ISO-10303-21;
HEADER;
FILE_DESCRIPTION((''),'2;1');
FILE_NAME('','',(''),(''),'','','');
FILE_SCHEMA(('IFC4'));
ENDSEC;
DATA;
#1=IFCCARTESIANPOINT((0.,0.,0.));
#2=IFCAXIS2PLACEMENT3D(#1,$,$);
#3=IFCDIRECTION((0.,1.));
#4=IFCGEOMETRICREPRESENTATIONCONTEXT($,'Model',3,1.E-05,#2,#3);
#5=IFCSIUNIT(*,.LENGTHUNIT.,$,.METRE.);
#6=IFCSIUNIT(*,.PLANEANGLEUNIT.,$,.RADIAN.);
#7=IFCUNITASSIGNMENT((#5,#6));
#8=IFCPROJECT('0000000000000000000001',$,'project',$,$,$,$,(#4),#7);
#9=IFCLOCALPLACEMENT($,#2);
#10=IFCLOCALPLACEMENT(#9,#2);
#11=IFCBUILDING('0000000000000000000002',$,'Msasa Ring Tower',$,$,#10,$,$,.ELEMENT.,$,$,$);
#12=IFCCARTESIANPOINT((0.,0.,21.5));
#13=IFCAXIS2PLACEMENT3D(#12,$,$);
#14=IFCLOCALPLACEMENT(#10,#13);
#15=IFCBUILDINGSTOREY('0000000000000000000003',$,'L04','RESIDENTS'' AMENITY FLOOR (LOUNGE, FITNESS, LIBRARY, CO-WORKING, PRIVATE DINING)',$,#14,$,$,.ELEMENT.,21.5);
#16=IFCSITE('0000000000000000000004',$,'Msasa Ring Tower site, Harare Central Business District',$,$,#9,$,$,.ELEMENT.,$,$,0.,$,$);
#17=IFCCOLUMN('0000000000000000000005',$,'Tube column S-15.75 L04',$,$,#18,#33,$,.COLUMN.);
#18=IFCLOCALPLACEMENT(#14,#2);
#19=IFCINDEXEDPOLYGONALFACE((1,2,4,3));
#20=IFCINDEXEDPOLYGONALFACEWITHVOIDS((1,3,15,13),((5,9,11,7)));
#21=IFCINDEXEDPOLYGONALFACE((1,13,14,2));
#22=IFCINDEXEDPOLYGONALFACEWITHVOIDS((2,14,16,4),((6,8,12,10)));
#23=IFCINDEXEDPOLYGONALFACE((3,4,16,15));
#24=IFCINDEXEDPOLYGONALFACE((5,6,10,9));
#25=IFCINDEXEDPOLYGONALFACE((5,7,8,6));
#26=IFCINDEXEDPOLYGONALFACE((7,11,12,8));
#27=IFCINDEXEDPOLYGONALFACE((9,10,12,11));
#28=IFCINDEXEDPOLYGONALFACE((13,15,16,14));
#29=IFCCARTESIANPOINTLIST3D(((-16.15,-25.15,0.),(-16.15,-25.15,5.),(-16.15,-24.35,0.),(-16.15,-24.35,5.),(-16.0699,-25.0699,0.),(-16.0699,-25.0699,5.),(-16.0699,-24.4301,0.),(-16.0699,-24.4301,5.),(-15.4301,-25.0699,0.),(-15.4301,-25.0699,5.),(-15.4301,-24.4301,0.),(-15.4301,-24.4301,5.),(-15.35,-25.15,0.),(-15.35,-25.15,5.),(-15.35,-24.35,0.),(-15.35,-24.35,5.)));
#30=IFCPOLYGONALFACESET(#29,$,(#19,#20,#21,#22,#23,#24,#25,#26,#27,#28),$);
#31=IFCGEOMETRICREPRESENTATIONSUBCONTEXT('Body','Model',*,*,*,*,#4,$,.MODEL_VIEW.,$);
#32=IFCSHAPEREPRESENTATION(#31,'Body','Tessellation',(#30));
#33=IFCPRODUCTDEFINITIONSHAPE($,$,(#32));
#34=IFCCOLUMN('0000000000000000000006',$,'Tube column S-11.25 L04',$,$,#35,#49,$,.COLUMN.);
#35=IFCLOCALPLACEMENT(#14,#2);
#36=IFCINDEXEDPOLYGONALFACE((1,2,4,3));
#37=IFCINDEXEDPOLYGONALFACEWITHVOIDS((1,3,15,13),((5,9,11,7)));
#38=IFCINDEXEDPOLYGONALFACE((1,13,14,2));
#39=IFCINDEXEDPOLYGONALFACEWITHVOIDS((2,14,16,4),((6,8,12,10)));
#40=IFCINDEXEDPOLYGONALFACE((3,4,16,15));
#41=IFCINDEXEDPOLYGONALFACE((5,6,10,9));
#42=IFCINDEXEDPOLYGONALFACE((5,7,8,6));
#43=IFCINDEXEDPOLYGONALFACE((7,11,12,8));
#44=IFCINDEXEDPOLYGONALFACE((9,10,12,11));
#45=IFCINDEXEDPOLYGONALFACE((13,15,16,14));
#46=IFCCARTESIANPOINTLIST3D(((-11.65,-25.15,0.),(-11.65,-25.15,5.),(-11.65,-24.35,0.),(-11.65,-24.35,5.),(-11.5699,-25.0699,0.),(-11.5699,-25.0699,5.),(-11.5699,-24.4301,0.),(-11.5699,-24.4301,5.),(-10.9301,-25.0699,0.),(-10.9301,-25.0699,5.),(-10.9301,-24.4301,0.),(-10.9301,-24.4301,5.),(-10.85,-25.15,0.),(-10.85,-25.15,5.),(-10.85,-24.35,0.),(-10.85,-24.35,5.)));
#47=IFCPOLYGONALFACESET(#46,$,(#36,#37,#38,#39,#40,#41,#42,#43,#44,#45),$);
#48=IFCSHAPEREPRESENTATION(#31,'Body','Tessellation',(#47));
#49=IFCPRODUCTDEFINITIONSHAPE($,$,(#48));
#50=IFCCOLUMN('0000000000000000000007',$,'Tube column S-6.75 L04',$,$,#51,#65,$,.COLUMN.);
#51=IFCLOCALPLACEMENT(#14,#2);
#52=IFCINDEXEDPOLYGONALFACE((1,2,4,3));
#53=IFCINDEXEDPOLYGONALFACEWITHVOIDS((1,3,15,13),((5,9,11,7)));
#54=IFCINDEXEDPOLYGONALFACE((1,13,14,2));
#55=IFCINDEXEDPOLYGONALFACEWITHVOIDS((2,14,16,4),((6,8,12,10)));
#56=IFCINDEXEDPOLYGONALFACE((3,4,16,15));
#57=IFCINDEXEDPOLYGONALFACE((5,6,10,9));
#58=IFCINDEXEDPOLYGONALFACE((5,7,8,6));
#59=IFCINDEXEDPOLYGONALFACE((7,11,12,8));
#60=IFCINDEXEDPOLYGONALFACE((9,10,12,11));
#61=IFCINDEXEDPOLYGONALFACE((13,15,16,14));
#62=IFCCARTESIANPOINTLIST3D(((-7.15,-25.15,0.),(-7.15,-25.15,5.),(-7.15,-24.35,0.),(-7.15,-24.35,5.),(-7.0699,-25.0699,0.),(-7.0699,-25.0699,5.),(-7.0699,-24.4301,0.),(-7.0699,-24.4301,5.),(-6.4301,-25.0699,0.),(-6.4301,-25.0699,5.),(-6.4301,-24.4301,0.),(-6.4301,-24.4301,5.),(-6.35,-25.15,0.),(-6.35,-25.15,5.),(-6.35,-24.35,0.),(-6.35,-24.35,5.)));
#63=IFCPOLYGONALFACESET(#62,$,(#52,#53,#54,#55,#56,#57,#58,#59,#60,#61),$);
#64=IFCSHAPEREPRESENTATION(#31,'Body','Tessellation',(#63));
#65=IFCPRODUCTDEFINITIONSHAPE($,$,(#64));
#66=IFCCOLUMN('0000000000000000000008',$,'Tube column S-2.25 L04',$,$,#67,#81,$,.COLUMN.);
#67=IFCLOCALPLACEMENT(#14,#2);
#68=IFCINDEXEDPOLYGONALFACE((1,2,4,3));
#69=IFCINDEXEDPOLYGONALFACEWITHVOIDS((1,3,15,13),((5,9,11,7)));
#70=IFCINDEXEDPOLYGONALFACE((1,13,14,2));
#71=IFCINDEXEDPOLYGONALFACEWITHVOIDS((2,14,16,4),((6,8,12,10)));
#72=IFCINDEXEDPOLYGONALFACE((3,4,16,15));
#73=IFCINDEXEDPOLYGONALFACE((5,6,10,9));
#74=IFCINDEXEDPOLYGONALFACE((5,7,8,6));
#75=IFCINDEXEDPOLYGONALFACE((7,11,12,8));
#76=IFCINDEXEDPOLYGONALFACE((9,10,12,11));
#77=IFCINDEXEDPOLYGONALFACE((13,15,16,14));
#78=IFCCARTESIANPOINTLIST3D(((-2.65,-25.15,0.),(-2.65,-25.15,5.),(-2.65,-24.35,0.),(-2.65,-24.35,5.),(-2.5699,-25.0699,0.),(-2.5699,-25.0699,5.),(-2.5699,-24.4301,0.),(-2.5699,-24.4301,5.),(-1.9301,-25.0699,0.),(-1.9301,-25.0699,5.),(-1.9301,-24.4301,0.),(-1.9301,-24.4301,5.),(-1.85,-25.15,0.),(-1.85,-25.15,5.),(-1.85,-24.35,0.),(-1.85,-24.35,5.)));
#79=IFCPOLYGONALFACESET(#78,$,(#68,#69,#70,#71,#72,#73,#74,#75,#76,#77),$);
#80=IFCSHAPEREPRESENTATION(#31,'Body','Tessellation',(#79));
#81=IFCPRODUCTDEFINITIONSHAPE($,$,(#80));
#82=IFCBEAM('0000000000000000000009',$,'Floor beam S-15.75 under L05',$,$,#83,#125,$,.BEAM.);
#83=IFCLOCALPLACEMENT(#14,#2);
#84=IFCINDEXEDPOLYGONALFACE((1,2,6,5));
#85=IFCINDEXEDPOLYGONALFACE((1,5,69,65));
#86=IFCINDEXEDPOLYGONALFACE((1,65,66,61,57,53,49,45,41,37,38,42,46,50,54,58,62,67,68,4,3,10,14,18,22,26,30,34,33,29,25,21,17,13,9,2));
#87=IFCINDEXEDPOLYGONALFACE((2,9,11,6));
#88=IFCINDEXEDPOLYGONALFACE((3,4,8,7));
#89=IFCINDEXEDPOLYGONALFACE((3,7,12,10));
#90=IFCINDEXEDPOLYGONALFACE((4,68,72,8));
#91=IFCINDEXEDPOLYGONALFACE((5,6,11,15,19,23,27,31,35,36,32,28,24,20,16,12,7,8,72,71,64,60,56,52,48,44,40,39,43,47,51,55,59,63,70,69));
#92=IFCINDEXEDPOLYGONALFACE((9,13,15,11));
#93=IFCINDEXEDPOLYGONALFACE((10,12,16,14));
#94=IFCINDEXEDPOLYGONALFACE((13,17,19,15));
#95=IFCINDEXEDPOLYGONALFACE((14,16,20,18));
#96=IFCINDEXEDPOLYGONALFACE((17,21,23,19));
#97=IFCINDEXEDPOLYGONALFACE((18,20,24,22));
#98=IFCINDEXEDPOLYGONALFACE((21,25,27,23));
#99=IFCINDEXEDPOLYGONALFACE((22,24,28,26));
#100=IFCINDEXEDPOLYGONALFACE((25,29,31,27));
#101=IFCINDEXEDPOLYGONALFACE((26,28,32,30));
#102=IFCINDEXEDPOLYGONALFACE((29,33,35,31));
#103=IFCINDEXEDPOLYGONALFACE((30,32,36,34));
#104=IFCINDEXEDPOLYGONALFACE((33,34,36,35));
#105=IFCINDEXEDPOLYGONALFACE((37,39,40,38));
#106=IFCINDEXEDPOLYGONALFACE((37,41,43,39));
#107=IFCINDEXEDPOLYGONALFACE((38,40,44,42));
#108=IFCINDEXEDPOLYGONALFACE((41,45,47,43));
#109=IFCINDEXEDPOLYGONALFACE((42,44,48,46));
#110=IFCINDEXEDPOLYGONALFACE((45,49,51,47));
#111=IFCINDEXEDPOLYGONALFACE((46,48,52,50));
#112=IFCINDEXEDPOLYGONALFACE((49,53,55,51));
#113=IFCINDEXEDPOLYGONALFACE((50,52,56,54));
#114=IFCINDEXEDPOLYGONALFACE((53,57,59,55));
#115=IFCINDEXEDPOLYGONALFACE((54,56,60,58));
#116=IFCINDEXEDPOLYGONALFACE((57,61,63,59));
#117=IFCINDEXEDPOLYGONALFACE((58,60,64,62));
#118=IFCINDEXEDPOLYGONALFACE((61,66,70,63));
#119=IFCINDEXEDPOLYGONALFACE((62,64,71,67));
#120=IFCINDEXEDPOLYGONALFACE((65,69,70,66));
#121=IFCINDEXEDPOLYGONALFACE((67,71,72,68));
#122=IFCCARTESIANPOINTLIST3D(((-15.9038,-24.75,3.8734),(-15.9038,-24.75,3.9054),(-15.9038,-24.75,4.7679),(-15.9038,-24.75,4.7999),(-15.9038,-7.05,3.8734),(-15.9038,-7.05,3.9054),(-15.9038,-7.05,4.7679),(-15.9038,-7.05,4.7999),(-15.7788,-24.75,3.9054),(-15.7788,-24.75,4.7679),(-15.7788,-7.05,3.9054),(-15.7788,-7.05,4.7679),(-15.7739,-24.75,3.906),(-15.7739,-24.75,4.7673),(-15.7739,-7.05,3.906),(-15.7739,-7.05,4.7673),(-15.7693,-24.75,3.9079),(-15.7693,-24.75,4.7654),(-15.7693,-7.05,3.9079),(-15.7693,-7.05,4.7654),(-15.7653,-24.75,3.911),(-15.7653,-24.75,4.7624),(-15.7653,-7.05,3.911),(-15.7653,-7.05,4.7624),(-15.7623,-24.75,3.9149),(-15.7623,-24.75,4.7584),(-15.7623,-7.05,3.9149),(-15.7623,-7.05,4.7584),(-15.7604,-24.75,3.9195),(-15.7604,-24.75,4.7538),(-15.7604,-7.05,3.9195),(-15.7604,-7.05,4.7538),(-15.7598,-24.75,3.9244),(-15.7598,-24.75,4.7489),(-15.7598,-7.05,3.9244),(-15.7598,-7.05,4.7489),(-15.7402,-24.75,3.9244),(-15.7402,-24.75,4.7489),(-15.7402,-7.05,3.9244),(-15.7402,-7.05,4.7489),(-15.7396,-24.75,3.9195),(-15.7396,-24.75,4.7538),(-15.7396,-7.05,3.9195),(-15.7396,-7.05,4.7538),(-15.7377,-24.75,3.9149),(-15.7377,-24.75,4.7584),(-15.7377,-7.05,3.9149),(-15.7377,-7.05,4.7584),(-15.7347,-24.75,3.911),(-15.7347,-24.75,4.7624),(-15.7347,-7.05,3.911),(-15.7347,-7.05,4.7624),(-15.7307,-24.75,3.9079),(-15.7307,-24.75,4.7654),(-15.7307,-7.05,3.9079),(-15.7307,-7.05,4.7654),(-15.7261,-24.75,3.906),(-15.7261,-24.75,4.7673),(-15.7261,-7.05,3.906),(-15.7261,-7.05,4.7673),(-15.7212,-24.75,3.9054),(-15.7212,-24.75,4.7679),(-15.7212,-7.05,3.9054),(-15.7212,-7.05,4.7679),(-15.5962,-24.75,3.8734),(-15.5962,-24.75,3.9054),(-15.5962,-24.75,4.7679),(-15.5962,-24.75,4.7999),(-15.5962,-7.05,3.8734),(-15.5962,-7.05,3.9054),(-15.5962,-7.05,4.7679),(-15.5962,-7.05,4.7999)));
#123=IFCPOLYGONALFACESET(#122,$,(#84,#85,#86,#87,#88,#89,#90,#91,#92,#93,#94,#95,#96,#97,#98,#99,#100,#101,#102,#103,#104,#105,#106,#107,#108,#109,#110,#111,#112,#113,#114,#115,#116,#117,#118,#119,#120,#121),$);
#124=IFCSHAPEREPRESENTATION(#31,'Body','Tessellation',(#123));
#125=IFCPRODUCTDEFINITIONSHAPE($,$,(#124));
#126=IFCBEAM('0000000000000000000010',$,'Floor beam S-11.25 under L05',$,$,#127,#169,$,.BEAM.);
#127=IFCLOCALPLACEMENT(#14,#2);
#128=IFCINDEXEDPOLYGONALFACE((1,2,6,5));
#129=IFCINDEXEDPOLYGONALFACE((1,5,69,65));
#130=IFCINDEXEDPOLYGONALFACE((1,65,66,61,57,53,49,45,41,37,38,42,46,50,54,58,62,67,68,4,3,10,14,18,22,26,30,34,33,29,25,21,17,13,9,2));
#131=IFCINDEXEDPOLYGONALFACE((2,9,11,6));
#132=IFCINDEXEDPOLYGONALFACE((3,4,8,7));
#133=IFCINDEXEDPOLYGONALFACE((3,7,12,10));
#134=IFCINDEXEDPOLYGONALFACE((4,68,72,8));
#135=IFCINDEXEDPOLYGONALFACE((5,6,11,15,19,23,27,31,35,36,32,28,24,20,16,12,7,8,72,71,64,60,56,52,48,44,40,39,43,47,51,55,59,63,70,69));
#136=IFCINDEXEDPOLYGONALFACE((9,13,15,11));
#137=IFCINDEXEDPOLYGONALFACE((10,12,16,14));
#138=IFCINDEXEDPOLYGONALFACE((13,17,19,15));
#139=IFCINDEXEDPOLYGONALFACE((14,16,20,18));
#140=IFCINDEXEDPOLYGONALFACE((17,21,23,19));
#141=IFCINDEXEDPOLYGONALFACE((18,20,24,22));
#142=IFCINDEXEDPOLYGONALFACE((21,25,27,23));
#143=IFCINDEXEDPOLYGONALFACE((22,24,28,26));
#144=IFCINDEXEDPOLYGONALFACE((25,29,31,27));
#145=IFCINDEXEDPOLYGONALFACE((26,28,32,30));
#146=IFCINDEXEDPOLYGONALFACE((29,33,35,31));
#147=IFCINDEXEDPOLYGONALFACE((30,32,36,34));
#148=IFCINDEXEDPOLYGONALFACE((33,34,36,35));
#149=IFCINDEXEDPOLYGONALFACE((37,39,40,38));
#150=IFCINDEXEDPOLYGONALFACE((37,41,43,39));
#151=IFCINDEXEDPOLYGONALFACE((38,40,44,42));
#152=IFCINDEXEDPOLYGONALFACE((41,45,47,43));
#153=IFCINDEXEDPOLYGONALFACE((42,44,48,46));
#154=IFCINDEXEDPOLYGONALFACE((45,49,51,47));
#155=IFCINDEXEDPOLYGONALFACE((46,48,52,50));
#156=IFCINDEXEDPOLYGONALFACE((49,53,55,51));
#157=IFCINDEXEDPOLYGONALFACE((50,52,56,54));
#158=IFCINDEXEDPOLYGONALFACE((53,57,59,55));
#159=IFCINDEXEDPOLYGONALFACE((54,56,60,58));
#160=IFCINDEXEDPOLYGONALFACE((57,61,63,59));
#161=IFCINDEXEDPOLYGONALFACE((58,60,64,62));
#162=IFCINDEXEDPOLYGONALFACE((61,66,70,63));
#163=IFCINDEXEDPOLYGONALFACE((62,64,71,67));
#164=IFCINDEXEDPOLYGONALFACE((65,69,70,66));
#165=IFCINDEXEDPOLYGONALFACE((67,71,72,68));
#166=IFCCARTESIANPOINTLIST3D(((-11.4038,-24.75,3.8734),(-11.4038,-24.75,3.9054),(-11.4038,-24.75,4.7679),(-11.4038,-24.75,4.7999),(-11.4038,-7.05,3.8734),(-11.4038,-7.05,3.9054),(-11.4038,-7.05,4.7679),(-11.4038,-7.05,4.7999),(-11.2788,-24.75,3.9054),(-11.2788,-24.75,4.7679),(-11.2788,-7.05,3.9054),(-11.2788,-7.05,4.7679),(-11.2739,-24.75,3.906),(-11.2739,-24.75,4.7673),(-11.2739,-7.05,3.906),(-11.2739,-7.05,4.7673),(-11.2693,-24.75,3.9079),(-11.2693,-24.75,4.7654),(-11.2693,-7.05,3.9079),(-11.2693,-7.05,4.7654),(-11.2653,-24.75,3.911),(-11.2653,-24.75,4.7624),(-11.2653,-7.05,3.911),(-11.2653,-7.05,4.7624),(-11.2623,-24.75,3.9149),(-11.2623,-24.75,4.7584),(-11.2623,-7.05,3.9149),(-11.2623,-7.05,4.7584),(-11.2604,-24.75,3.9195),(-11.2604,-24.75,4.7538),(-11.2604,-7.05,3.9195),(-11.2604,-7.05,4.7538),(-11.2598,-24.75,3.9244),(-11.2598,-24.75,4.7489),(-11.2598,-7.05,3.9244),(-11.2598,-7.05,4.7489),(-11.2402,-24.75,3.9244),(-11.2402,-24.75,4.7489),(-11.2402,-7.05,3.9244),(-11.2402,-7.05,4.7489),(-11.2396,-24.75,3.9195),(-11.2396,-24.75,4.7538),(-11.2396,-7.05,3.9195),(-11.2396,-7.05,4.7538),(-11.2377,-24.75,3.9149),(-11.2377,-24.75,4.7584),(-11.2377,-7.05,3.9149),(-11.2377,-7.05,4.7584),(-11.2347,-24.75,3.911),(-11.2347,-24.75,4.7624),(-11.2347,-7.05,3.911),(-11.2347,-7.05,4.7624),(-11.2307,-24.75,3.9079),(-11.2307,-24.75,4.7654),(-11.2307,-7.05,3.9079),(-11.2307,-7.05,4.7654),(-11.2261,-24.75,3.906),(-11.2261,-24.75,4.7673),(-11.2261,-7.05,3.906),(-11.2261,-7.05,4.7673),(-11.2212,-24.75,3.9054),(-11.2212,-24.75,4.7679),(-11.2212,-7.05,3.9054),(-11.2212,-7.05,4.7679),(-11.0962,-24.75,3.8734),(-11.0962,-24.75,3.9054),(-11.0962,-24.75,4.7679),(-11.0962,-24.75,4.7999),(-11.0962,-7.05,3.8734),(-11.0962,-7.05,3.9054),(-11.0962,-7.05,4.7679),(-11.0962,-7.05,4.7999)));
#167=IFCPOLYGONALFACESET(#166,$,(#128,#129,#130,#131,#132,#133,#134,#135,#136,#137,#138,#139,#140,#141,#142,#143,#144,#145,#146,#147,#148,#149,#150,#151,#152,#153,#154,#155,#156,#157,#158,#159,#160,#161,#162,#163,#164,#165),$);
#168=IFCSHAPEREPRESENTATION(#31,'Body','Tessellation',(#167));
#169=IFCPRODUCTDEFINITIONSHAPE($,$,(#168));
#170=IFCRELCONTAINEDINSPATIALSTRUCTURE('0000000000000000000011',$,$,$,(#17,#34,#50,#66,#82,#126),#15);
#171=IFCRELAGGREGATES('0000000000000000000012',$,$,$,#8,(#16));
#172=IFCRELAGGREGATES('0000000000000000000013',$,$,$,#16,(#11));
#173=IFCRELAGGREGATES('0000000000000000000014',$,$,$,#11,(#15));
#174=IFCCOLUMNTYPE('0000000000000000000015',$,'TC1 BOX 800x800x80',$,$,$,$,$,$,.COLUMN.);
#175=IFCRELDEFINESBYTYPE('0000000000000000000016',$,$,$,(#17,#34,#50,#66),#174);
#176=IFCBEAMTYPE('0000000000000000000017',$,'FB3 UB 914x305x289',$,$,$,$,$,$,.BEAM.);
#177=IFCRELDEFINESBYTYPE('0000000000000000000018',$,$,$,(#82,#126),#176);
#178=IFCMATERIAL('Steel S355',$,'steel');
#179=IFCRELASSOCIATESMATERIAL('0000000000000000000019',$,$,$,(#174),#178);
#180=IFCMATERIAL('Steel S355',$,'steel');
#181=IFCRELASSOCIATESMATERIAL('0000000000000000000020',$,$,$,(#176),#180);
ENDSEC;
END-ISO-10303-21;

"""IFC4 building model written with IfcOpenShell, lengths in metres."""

from ifc_helpers import new_model, si_unit, direction, frame, origin, origin_2d, place, context, subcontext, project, spatial, hollow_rectangle, i_section, extrude, material, material_profile, profile_set, type_object, element, save


model = new_model("IFC4")

# Units and contexts
model_context = context("Model", 3, precision=1e-05, world=origin(), true_north=direction((0.0, 1.0)))
body_context = subcontext(model_context, "Body", "Model", "MODEL_VIEW")
ifc_project = project(units=[si_unit("LENGTHUNIT", "METRE"), si_unit("PLANEANGLEUNIT", "RADIAN")], contexts=[model_context])

# Site, building, storey
site_placement = place(None, origin())
site = spatial("IfcSite", under=ifc_project, at=site_placement, Name="Msasa Ring Tower site, Harare Central Business District", CompositionType="ELEMENT", RefElevation=0.0)
building_placement = place(site_placement, origin())
building = spatial("IfcBuilding", under=site, at=building_placement, Name="Msasa Ring Tower", CompositionType="ELEMENT")
storey_placement = place(building_placement, frame((0.0, 0.0, 21.5)))
storey = spatial("IfcBuildingStorey", under=building, at=storey_placement, Name="L04", Description="RESIDENTS' AMENITY FLOOR (LOUNGE, FITNESS, LIBRARY, CO-WORKING, PRIVATE DINING)", CompositionType="ELEMENT", Elevation=21.5)

# Columns
ifc_material_1 = material(Name="Steel S355", Category="steel")
ifc_material_profile_1 = material_profile(ifc_material_1, hollow_rectangle(XDim=0.8, YDim=0.8, WallThickness=0.0801, at=origin_2d()), Name="BOX 800x800x80")
ifc_profile_set_1 = profile_set([ifc_material_profile_1], Name="Steel S355")
column_type = type_object("IfcColumnType", Name="TC1 BOX 800x800x80", PredefinedType="COLUMN", material=ifc_profile_set_1)
for number, where, z_axis, x_axis, name in (
    (1, (-15.75, -24.75, 0.0), (0.0, 0.0, 1.0), (0.0, 1.0, 0.0), "Tube column S-15.75 L04"),
    (2, (-11.25, -24.75, 0.0), (0.0, 0.0, 1.0), (0.0, 1.0, 0.0), "Tube column S-11.25 L04"),
    (3, (-6.75, -24.75, 0.0), (0.0, 0.0, 1.0), (0.0, 1.0, 0.0), "Tube column S-6.75 L04"),
    (4, (-2.25, -24.75, 0.0), (0.0, 0.0, 1.0), (0.0, 1.0, 0.0), "Tube column S-2.25 L04"),
):
    element("IfcColumn", number, at=place(storey_placement, frame(where, z_axis=z_axis, x_axis=x_axis)), inside=storey, type_object=column_type, Name=name, PredefinedType="COLUMN", context=body_context, shape_type="SweptSolid", body=[
        extrude(hollow_rectangle(XDim=0.8, YDim=0.8, WallThickness=0.0801, at=origin_2d()), origin(), (0.0, 0.0, 1.0), 5.0),
    ])

# Beams
ifc_material_2 = material(Name="Steel S355", Category="steel")
ifc_material_profile_2 = material_profile(ifc_material_2, i_section(OverallWidth=0.3076, OverallDepth=0.9265, WebThickness=0.0195, FlangeThickness=0.032, FilletRadius=0.019, at=origin_2d()), Name="UB 914x305x289")
ifc_profile_set_2 = profile_set([ifc_material_profile_2], Name="Steel S355")
beam_type_1 = type_object("IfcBeamType", Name="FB3 UB 914x305x289", PredefinedType="BEAM", material=ifc_profile_set_2)
for number, where, z_axis, x_axis, name in (
    (5, (-15.75, -24.75, 4.3367), (0.0, 1.0, 0.0), (-1.0, 0.0, 0.0), "Floor beam S-15.75 under L05"),
    (6, (-11.25, -24.75, 4.3367), (0.0, 1.0, 0.0), (-1.0, 0.0, 0.0), "Floor beam S-11.25 under L05"),
):
    element("IfcBeam", number, at=place(storey_placement, frame(where, z_axis=z_axis, x_axis=x_axis)), inside=storey, type_object=beam_type_1, Name=name, PredefinedType="BEAM", context=body_context, shape_type="SweptSolid", body=[
        extrude(i_section(OverallWidth=0.3076, OverallDepth=0.9265, WebThickness=0.0195, FlangeThickness=0.032, FilletRadius=0.019, at=origin_2d()), origin(), (0.0, 0.0, 1.0), 17.7),
    ])

save(model, "model.ifc")
